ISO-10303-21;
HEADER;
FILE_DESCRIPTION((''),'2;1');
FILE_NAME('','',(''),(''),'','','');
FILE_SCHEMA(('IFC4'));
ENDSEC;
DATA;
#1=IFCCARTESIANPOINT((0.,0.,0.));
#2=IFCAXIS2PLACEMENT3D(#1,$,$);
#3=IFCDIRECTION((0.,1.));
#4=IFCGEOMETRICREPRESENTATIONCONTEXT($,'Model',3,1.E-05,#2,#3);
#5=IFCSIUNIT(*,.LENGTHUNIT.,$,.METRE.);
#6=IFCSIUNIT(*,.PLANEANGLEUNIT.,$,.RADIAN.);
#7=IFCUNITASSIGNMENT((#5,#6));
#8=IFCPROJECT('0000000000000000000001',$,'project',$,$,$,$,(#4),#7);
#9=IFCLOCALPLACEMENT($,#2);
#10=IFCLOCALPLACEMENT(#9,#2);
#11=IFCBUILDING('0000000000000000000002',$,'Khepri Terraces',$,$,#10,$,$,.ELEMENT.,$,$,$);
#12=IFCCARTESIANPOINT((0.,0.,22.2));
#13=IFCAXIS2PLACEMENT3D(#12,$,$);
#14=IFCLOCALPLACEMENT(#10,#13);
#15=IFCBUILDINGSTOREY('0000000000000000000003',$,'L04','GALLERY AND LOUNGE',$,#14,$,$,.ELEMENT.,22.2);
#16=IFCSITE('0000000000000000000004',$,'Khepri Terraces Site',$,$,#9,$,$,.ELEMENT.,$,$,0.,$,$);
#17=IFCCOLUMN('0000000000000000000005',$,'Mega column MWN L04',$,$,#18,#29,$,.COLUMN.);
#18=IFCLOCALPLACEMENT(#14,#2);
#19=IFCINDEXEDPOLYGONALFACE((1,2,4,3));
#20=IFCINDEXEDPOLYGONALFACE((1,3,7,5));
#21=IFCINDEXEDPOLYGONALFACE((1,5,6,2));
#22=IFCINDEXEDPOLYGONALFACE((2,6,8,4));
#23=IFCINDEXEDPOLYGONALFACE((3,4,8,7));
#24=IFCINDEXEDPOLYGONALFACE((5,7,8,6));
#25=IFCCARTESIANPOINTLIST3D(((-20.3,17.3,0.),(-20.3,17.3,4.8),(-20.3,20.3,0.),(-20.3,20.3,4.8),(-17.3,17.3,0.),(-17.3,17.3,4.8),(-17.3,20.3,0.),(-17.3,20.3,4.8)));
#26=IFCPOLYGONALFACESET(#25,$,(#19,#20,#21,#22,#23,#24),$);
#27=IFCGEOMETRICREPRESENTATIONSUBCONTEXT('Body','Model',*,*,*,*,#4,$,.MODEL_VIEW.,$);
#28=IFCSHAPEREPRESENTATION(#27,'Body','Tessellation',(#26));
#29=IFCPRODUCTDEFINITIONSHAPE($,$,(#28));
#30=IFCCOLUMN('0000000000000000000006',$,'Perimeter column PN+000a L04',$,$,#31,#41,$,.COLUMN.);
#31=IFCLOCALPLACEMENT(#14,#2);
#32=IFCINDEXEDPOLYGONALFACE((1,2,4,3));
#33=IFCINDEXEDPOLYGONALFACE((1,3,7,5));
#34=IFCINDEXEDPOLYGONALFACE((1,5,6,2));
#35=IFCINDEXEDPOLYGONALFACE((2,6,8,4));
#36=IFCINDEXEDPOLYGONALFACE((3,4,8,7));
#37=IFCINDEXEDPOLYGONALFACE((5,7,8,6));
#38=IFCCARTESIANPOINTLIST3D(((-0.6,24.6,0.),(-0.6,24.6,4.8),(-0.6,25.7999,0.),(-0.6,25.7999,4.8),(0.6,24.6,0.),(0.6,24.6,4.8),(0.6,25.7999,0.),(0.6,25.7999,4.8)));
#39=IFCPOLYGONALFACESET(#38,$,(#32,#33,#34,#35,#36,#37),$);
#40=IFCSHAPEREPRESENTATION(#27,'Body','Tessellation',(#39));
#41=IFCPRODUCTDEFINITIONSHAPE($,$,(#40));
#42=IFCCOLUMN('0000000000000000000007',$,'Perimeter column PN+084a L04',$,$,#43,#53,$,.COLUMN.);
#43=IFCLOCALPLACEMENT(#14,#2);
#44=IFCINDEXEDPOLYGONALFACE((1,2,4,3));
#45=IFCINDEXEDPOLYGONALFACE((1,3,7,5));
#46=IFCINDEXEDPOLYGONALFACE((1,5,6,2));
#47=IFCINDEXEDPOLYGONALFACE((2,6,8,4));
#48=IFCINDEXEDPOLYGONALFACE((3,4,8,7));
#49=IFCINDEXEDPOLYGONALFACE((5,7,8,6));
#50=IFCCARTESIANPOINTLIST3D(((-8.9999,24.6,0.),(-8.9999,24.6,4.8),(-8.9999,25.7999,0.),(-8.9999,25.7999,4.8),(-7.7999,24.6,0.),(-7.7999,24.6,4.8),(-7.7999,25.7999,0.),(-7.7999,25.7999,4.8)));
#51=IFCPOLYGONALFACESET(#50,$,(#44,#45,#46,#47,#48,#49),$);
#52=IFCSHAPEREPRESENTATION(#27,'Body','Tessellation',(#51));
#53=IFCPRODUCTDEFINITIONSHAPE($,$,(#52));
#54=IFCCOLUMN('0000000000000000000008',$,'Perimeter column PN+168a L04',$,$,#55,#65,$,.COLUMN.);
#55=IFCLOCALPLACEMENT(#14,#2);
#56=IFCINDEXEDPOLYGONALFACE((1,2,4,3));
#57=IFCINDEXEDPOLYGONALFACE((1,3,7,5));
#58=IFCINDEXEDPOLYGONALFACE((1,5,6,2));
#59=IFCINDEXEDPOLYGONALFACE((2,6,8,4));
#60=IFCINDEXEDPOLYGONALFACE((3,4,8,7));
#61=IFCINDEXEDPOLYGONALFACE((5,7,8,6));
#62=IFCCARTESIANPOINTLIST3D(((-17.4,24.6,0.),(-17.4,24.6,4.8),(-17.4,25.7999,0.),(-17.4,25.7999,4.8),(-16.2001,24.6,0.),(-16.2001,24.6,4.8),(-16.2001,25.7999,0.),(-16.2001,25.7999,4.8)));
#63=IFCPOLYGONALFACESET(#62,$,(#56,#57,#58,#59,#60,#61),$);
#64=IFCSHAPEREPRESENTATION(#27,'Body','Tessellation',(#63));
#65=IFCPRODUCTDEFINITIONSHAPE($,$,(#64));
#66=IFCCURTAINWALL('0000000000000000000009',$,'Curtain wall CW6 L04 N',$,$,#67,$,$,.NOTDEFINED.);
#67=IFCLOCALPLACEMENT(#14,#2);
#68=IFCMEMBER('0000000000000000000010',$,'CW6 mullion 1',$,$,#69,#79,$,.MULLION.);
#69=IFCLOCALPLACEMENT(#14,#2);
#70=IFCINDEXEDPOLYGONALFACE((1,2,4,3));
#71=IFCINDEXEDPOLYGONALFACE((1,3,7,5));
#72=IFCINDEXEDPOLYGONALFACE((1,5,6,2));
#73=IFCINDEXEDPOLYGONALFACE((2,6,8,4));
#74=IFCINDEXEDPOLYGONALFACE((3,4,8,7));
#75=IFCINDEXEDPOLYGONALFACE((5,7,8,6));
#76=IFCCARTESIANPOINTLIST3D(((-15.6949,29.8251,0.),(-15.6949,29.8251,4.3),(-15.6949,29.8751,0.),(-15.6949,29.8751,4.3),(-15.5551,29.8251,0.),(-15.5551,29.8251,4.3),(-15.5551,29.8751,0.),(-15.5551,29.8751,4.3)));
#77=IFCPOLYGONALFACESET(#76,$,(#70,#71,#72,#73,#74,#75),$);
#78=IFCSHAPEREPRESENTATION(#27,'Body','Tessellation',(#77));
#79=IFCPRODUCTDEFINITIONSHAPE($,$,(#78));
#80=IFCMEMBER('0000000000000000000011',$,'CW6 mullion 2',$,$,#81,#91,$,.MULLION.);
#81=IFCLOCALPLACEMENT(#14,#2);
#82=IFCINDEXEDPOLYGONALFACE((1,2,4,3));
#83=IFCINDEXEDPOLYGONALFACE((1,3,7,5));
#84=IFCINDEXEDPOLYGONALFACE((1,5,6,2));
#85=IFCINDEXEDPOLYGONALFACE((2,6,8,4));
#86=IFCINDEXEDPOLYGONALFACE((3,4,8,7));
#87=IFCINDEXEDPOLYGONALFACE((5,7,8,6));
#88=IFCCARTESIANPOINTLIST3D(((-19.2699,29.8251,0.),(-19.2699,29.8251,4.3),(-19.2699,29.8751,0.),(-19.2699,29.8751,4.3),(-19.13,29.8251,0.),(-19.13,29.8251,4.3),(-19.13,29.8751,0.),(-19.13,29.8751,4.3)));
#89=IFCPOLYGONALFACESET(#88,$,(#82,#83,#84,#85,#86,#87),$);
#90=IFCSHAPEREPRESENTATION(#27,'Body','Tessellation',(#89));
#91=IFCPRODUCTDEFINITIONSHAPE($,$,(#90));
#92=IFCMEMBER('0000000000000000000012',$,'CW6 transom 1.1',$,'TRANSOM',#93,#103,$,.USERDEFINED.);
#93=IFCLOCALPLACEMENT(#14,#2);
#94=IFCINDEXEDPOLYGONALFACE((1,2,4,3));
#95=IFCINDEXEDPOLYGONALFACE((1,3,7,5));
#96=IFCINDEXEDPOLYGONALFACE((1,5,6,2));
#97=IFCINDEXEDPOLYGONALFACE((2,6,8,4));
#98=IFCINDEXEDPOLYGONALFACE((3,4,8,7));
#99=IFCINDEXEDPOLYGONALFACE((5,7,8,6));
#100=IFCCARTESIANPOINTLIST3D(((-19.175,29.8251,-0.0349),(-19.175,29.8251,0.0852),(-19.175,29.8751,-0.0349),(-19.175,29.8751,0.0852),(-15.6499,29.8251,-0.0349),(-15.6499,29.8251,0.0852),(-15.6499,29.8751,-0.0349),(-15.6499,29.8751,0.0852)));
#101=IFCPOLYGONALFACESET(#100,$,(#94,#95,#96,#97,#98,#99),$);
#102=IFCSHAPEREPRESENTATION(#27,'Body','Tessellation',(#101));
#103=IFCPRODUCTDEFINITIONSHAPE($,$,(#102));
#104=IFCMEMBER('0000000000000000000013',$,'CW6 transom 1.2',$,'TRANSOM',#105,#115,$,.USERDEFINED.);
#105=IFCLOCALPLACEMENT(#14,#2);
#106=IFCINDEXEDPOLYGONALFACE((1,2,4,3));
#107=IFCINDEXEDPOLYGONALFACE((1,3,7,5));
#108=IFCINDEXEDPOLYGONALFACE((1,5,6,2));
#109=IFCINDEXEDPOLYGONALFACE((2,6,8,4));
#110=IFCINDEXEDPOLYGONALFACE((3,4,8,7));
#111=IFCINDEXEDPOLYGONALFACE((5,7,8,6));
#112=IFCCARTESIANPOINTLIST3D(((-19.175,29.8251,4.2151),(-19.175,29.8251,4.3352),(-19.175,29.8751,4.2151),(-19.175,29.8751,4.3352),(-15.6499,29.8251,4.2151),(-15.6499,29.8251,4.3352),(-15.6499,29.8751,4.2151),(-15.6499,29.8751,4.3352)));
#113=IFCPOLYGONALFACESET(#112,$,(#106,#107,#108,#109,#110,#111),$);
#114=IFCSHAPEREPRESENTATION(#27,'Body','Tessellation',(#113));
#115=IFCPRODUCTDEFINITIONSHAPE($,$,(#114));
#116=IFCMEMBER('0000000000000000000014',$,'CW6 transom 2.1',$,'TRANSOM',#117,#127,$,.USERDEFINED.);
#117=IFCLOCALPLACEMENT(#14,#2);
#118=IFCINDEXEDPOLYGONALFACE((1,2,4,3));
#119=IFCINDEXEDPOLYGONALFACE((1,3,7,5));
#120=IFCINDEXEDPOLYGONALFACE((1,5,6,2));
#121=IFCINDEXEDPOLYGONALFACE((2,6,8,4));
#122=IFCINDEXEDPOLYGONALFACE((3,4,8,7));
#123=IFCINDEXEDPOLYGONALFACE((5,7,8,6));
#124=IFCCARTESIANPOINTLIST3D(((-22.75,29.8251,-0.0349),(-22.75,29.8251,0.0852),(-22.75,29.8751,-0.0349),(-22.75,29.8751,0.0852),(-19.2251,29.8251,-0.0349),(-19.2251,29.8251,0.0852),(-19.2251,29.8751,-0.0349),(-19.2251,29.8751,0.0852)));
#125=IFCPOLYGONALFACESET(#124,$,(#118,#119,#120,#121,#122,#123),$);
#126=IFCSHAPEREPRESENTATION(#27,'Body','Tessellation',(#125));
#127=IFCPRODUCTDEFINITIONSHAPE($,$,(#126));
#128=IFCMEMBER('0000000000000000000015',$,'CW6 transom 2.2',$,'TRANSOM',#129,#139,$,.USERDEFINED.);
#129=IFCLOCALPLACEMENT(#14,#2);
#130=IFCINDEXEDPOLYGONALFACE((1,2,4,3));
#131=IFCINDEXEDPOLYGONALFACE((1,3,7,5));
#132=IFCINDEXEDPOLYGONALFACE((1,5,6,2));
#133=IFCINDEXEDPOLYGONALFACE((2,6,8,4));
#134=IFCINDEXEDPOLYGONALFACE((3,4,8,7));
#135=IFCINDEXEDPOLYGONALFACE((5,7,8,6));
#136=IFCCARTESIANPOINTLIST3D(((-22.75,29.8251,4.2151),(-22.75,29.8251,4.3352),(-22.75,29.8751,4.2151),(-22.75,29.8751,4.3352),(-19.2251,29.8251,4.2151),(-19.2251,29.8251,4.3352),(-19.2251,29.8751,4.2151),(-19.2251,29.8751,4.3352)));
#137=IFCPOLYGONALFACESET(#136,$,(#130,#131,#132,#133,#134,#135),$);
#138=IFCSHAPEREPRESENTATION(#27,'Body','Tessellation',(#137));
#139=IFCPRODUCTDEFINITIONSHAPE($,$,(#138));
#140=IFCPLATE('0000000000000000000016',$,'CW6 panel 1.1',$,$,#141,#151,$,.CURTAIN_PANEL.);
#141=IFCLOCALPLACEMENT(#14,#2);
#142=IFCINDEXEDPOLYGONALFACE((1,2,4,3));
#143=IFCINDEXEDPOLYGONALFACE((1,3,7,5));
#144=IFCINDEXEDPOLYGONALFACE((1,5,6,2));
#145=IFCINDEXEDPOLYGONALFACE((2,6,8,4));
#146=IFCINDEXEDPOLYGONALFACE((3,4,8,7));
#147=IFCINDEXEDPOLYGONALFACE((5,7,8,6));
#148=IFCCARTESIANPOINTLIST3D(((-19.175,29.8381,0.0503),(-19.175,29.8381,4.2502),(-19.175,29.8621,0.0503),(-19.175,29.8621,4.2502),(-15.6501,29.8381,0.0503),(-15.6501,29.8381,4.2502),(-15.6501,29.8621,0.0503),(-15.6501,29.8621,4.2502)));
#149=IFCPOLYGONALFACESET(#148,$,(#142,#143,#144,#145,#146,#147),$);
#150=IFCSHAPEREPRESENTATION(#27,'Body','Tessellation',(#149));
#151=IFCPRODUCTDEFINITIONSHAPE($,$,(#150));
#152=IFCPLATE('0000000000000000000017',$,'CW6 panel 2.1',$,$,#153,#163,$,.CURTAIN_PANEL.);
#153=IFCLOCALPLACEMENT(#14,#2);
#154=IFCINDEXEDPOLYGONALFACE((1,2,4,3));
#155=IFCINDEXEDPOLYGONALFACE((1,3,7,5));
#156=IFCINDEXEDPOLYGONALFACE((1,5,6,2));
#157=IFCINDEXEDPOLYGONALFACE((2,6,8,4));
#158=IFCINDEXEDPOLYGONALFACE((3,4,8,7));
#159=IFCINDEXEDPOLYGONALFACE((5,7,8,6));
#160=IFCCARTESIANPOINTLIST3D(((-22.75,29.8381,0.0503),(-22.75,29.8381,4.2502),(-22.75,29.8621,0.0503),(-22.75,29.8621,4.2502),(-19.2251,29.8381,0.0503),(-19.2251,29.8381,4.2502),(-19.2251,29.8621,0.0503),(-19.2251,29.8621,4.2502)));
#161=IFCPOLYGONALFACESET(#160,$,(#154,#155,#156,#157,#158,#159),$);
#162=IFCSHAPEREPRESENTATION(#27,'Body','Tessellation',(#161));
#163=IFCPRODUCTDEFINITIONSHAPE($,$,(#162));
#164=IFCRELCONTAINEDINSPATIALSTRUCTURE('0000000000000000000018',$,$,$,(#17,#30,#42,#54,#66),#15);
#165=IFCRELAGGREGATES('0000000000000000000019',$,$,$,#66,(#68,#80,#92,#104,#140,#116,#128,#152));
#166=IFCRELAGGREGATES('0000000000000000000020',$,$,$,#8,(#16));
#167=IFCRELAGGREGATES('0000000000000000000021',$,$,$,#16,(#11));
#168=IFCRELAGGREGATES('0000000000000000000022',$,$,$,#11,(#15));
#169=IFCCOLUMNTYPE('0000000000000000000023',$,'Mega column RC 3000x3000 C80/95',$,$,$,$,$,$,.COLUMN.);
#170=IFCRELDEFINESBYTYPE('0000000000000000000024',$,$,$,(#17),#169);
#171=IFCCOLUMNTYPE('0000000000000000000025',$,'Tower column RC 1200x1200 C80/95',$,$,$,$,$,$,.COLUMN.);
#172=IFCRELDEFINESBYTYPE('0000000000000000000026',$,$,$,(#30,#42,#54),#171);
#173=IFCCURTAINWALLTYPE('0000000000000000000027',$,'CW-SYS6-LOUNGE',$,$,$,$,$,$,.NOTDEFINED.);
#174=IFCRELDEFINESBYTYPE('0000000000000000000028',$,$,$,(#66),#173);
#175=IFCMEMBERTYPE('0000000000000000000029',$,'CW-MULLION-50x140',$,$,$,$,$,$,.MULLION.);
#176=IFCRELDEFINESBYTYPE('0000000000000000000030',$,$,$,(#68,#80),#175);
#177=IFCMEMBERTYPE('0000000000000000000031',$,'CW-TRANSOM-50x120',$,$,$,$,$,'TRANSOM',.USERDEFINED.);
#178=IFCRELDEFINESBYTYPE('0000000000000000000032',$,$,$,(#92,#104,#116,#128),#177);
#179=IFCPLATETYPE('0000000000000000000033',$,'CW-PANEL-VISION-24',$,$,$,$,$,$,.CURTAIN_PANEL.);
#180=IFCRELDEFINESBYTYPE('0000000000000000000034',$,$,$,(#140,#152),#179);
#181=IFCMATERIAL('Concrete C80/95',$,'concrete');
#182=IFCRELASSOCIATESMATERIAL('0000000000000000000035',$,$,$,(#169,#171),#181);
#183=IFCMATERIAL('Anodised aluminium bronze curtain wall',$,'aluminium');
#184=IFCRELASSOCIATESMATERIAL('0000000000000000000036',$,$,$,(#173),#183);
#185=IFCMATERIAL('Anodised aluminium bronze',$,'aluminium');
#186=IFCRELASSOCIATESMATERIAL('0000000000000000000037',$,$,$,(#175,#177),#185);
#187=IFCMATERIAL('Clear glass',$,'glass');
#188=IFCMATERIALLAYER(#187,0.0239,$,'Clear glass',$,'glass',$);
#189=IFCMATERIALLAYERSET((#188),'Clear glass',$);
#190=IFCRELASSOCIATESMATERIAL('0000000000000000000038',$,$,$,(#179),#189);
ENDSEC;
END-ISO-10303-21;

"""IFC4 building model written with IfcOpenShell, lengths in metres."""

from ifc_helpers import new_model, si_unit, direction, frame, origin, origin_2d, place, context, subcontext, project, spatial, rectangle, extrude, material, layer, layer_set, material_profile, profile_set, type_object, element, aggregate, save


model = new_model("IFC4")

# Units and contexts
model_context = context("Model", 3, precision=1e-05, world=origin(), true_north=direction((0.0, 1.0)))
body_context = subcontext(model_context, "Body", "Model", "MODEL_VIEW")
ifc_project = project(units=[si_unit("LENGTHUNIT", "METRE"), si_unit("PLANEANGLEUNIT", "RADIAN")], contexts=[model_context])

# Site, building, storey
site_placement = place(None, origin())
site = spatial("IfcSite", under=ifc_project, at=site_placement, Name="Khepri Terraces Site", CompositionType="ELEMENT", RefElevation=0.0)
building_placement = place(site_placement, origin())
building = spatial("IfcBuilding", under=site, at=building_placement, Name="Khepri Terraces", CompositionType="ELEMENT")
storey_placement = place(building_placement, frame((0.0, 0.0, 22.2)))
storey = spatial("IfcBuildingStorey", under=building, at=storey_placement, Name="L04", Description="GALLERY AND LOUNGE", CompositionType="ELEMENT", Elevation=22.2)

# Columns
ifc_material_1 = material(Name="Concrete C80/95", Category="concrete")
ifc_material_profile_1 = material_profile(ifc_material_1, rectangle(XDim=3.0, YDim=3.0, at=origin_2d()), Name="Concrete C80/95", Category="concrete")
ifc_profile_set_1 = profile_set([ifc_material_profile_1], Name="Concrete C80/95")
column_type_1 = type_object("IfcColumnType", Name="Mega column RC 3000x3000 C80/95", PredefinedType="COLUMN", material=ifc_profile_set_1)
column_placement = place(storey_placement, frame((-18.8, 18.8, 0.0), z_axis=(0.0, 0.0, 1.0), x_axis=(1.0, 0.0, 0.0)))
element("IfcColumn", 1, at=column_placement, inside=storey, type_object=column_type_1, Name="Mega column MWN L04", PredefinedType="COLUMN", context=body_context, shape_type="SweptSolid", body=[
    extrude(rectangle(XDim=3.0, YDim=3.0, at=origin_2d()), origin(), (0.0, 0.0, 1.0), 4.8),
])
ifc_material_profile_2 = material_profile(ifc_material_1, rectangle(XDim=1.2, YDim=1.2, at=origin_2d()), Name="Concrete C80/95", Category="concrete")
ifc_profile_set_2 = profile_set([ifc_material_profile_2], Name="Concrete C80/95")
column_type_2 = type_object("IfcColumnType", Name="Tower column RC 1200x1200 C80/95", PredefinedType="COLUMN", material=ifc_profile_set_2)
for number, where, z_axis, x_axis, name in (
    (2, (0.0, 25.2, 0.0), (0.0, 0.0, 1.0), (1.0, 0.0, 0.0), "Perimeter column PN+000a L04"),
    (3, (-8.3999, 25.2, 0.0), (0.0, 0.0, 1.0), (1.0, 0.0, 0.0), "Perimeter column PN+084a L04"),
    (4, (-16.8, 25.2, 0.0), (0.0, 0.0, 1.0), (1.0, 0.0, 0.0), "Perimeter column PN+168a L04"),
):
    element("IfcColumn", number, at=place(storey_placement, frame(where, z_axis=z_axis, x_axis=x_axis)), inside=storey, type_object=column_type_2, Name=name, PredefinedType="COLUMN", context=body_context, shape_type="SweptSolid", body=[
        extrude(rectangle(XDim=1.2, YDim=1.2, at=origin_2d()), origin(), (0.0, 0.0, 1.0), 4.8),
    ])

# Curtain wall, members, plates
ifc_material_2 = material(Name="Anodised aluminium bronze curtain wall", Category="aluminium")
curtain_wall_type = type_object("IfcCurtainWallType", Name="CW-SYS6-LOUNGE", PredefinedType="NOTDEFINED", material=ifc_material_2)
curtain_wall_placement = place(storey_placement, origin())
curtain_wall = element("IfcCurtainWall", 5, at=curtain_wall_placement, inside=storey, type_object=curtain_wall_type, Name="Curtain wall CW6 L04 N", PredefinedType="NOTDEFINED")
ifc_material_3 = material(Name="Anodised aluminium bronze", Category="aluminium")
ifc_material_profile_3 = material_profile(ifc_material_3, rectangle(XDim=0.05, YDim=0.1399, at=origin_2d()), Name="Anodised aluminium bronze", Category="aluminium")
ifc_profile_set_3 = profile_set([ifc_material_profile_3], Name="Anodised aluminium bronze")
member_type_1 = type_object("IfcMemberType", Name="CW-MULLION-50x140", PredefinedType="MULLION", material=ifc_profile_set_3)
member_1_placement = place(storey_placement, frame((-15.625, 29.8501, 0.0), z_axis=(0.0, 0.0, 1.0), x_axis=(0.0, -1.0, 0.0)))
member_1 = element("IfcMember", 6, at=member_1_placement, type_object=member_type_1, Name="CW6 mullion 1", PredefinedType="MULLION", context=body_context, shape_type="SweptSolid", body=[
    extrude(rectangle(XDim=0.05, YDim=0.1399, at=origin_2d()), origin(), (0.0, 0.0, 1.0), 4.3),
])
member_2_placement = place(storey_placement, frame((-19.2, 29.8501, 0.0), z_axis=(0.0, 0.0, 1.0), x_axis=(0.0, -1.0, 0.0)))
member_2 = element("IfcMember", 7, at=member_2_placement, type_object=member_type_1, Name="CW6 mullion 2", PredefinedType="MULLION", context=body_context, shape_type="SweptSolid", body=[
    extrude(rectangle(XDim=0.05, YDim=0.1399, at=origin_2d()), origin(), (0.0, 0.0, 1.0), 4.3),
])
ifc_material_profile_4 = material_profile(ifc_material_3, rectangle(XDim=0.05, YDim=0.1201, at=origin_2d()), Name="Anodised aluminium bronze", Category="aluminium")
ifc_profile_set_4 = profile_set([ifc_material_profile_4], Name="Anodised aluminium bronze")
member_type_2 = type_object("IfcMemberType", Name="CW-TRANSOM-50x120", ElementType="TRANSOM", PredefinedType="USERDEFINED", material=ifc_profile_set_4)
member_3_placement = place(storey_placement, frame((-15.6499, 29.8501, 0.0251), z_axis=(-1.0, 0.0, 0.0), x_axis=(0.0, -1.0, 0.0)))
member_3 = element("IfcMember", 8, at=member_3_placement, type_object=member_type_2, Name="CW6 transom 1.1", ObjectType="TRANSOM", PredefinedType="USERDEFINED", context=body_context, shape_type="SweptSolid", body=[
    extrude(rectangle(XDim=0.05, YDim=0.1201, at=origin_2d()), origin(), (0.0, 0.0, 1.0), 3.5251),
])
member_4_placement = place(storey_placement, frame((-15.6499, 29.8501, 4.2751), z_axis=(-1.0, 0.0, 0.0), x_axis=(0.0, -1.0, 0.0)))
member_4 = element("IfcMember", 9, at=member_4_placement, type_object=member_type_2, Name="CW6 transom 1.2", ObjectType="TRANSOM", PredefinedType="USERDEFINED", context=body_context, shape_type="SweptSolid", body=[
    extrude(rectangle(XDim=0.05, YDim=0.1201, at=origin_2d()), origin(), (0.0, 0.0, 1.0), 3.5251),
])
member_5_placement = place(storey_placement, frame((-19.2251, 29.8501, 0.0251), z_axis=(-1.0, 0.0, 0.0), x_axis=(0.0, -1.0, 0.0)))
member_5 = element("IfcMember", 10, at=member_5_placement, type_object=member_type_2, Name="CW6 transom 2.1", ObjectType="TRANSOM", PredefinedType="USERDEFINED", context=body_context, shape_type="SweptSolid", body=[
    extrude(rectangle(XDim=0.05, YDim=0.1201, at=origin_2d()), origin(), (0.0, 0.0, 1.0), 3.5249),
])
member_6_placement = place(storey_placement, frame((-19.2251, 29.8501, 4.2751), z_axis=(-1.0, 0.0, 0.0), x_axis=(0.0, -1.0, 0.0)))
member_6 = element("IfcMember", 11, at=member_6_placement, type_object=member_type_2, Name="CW6 transom 2.2", ObjectType="TRANSOM", PredefinedType="USERDEFINED", context=body_context, shape_type="SweptSolid", body=[
    extrude(rectangle(XDim=0.05, YDim=0.1201, at=origin_2d()), origin(), (0.0, 0.0, 1.0), 3.5249),
])
ifc_material_4 = material(Name="Clear glass", Category="glass")
ifc_layer_1 = layer(ifc_material_4, 0.0239, Name="Clear glass", Category="glass")
ifc_layer_set_1 = layer_set([ifc_layer_1], Name="Clear glass")
plate_type = type_object("IfcPlateType", Name="CW-PANEL-VISION-24", PredefinedType="CURTAIN_PANEL", material=ifc_layer_set_1)
plate_1_placement = place(storey_placement, frame((-17.4126, 29.8501, 0.0503), z_axis=(0.0, 0.0, 1.0), x_axis=(-1.0, 0.0, 0.0)))
plate_1 = element("IfcPlate", 12, at=plate_1_placement, type_object=plate_type, Name="CW6 panel 1.1", PredefinedType="CURTAIN_PANEL", context=body_context, shape_type="SweptSolid", body=[
    extrude(rectangle(XDim=3.5249, YDim=0.0239, at=origin_2d()), origin(), (0.0, 0.0, 1.0), 4.2),
])
plate_2_placement = place(storey_placement, frame((-20.9875, 29.8501, 0.0503), z_axis=(0.0, 0.0, 1.0), x_axis=(-1.0, 0.0, 0.0)))
plate_2 = element("IfcPlate", 13, at=plate_2_placement, type_object=plate_type, Name="CW6 panel 2.1", PredefinedType="CURTAIN_PANEL", context=body_context, shape_type="SweptSolid", body=[
    extrude(rectangle(XDim=3.5249, YDim=0.0239, at=origin_2d()), origin(), (0.0, 0.0, 1.0), 4.2),
])
aggregate(curtain_wall, [member_1, member_2, member_3, member_4, plate_1, member_5, member_6, plate_2])

save(model, "model.ifc")
